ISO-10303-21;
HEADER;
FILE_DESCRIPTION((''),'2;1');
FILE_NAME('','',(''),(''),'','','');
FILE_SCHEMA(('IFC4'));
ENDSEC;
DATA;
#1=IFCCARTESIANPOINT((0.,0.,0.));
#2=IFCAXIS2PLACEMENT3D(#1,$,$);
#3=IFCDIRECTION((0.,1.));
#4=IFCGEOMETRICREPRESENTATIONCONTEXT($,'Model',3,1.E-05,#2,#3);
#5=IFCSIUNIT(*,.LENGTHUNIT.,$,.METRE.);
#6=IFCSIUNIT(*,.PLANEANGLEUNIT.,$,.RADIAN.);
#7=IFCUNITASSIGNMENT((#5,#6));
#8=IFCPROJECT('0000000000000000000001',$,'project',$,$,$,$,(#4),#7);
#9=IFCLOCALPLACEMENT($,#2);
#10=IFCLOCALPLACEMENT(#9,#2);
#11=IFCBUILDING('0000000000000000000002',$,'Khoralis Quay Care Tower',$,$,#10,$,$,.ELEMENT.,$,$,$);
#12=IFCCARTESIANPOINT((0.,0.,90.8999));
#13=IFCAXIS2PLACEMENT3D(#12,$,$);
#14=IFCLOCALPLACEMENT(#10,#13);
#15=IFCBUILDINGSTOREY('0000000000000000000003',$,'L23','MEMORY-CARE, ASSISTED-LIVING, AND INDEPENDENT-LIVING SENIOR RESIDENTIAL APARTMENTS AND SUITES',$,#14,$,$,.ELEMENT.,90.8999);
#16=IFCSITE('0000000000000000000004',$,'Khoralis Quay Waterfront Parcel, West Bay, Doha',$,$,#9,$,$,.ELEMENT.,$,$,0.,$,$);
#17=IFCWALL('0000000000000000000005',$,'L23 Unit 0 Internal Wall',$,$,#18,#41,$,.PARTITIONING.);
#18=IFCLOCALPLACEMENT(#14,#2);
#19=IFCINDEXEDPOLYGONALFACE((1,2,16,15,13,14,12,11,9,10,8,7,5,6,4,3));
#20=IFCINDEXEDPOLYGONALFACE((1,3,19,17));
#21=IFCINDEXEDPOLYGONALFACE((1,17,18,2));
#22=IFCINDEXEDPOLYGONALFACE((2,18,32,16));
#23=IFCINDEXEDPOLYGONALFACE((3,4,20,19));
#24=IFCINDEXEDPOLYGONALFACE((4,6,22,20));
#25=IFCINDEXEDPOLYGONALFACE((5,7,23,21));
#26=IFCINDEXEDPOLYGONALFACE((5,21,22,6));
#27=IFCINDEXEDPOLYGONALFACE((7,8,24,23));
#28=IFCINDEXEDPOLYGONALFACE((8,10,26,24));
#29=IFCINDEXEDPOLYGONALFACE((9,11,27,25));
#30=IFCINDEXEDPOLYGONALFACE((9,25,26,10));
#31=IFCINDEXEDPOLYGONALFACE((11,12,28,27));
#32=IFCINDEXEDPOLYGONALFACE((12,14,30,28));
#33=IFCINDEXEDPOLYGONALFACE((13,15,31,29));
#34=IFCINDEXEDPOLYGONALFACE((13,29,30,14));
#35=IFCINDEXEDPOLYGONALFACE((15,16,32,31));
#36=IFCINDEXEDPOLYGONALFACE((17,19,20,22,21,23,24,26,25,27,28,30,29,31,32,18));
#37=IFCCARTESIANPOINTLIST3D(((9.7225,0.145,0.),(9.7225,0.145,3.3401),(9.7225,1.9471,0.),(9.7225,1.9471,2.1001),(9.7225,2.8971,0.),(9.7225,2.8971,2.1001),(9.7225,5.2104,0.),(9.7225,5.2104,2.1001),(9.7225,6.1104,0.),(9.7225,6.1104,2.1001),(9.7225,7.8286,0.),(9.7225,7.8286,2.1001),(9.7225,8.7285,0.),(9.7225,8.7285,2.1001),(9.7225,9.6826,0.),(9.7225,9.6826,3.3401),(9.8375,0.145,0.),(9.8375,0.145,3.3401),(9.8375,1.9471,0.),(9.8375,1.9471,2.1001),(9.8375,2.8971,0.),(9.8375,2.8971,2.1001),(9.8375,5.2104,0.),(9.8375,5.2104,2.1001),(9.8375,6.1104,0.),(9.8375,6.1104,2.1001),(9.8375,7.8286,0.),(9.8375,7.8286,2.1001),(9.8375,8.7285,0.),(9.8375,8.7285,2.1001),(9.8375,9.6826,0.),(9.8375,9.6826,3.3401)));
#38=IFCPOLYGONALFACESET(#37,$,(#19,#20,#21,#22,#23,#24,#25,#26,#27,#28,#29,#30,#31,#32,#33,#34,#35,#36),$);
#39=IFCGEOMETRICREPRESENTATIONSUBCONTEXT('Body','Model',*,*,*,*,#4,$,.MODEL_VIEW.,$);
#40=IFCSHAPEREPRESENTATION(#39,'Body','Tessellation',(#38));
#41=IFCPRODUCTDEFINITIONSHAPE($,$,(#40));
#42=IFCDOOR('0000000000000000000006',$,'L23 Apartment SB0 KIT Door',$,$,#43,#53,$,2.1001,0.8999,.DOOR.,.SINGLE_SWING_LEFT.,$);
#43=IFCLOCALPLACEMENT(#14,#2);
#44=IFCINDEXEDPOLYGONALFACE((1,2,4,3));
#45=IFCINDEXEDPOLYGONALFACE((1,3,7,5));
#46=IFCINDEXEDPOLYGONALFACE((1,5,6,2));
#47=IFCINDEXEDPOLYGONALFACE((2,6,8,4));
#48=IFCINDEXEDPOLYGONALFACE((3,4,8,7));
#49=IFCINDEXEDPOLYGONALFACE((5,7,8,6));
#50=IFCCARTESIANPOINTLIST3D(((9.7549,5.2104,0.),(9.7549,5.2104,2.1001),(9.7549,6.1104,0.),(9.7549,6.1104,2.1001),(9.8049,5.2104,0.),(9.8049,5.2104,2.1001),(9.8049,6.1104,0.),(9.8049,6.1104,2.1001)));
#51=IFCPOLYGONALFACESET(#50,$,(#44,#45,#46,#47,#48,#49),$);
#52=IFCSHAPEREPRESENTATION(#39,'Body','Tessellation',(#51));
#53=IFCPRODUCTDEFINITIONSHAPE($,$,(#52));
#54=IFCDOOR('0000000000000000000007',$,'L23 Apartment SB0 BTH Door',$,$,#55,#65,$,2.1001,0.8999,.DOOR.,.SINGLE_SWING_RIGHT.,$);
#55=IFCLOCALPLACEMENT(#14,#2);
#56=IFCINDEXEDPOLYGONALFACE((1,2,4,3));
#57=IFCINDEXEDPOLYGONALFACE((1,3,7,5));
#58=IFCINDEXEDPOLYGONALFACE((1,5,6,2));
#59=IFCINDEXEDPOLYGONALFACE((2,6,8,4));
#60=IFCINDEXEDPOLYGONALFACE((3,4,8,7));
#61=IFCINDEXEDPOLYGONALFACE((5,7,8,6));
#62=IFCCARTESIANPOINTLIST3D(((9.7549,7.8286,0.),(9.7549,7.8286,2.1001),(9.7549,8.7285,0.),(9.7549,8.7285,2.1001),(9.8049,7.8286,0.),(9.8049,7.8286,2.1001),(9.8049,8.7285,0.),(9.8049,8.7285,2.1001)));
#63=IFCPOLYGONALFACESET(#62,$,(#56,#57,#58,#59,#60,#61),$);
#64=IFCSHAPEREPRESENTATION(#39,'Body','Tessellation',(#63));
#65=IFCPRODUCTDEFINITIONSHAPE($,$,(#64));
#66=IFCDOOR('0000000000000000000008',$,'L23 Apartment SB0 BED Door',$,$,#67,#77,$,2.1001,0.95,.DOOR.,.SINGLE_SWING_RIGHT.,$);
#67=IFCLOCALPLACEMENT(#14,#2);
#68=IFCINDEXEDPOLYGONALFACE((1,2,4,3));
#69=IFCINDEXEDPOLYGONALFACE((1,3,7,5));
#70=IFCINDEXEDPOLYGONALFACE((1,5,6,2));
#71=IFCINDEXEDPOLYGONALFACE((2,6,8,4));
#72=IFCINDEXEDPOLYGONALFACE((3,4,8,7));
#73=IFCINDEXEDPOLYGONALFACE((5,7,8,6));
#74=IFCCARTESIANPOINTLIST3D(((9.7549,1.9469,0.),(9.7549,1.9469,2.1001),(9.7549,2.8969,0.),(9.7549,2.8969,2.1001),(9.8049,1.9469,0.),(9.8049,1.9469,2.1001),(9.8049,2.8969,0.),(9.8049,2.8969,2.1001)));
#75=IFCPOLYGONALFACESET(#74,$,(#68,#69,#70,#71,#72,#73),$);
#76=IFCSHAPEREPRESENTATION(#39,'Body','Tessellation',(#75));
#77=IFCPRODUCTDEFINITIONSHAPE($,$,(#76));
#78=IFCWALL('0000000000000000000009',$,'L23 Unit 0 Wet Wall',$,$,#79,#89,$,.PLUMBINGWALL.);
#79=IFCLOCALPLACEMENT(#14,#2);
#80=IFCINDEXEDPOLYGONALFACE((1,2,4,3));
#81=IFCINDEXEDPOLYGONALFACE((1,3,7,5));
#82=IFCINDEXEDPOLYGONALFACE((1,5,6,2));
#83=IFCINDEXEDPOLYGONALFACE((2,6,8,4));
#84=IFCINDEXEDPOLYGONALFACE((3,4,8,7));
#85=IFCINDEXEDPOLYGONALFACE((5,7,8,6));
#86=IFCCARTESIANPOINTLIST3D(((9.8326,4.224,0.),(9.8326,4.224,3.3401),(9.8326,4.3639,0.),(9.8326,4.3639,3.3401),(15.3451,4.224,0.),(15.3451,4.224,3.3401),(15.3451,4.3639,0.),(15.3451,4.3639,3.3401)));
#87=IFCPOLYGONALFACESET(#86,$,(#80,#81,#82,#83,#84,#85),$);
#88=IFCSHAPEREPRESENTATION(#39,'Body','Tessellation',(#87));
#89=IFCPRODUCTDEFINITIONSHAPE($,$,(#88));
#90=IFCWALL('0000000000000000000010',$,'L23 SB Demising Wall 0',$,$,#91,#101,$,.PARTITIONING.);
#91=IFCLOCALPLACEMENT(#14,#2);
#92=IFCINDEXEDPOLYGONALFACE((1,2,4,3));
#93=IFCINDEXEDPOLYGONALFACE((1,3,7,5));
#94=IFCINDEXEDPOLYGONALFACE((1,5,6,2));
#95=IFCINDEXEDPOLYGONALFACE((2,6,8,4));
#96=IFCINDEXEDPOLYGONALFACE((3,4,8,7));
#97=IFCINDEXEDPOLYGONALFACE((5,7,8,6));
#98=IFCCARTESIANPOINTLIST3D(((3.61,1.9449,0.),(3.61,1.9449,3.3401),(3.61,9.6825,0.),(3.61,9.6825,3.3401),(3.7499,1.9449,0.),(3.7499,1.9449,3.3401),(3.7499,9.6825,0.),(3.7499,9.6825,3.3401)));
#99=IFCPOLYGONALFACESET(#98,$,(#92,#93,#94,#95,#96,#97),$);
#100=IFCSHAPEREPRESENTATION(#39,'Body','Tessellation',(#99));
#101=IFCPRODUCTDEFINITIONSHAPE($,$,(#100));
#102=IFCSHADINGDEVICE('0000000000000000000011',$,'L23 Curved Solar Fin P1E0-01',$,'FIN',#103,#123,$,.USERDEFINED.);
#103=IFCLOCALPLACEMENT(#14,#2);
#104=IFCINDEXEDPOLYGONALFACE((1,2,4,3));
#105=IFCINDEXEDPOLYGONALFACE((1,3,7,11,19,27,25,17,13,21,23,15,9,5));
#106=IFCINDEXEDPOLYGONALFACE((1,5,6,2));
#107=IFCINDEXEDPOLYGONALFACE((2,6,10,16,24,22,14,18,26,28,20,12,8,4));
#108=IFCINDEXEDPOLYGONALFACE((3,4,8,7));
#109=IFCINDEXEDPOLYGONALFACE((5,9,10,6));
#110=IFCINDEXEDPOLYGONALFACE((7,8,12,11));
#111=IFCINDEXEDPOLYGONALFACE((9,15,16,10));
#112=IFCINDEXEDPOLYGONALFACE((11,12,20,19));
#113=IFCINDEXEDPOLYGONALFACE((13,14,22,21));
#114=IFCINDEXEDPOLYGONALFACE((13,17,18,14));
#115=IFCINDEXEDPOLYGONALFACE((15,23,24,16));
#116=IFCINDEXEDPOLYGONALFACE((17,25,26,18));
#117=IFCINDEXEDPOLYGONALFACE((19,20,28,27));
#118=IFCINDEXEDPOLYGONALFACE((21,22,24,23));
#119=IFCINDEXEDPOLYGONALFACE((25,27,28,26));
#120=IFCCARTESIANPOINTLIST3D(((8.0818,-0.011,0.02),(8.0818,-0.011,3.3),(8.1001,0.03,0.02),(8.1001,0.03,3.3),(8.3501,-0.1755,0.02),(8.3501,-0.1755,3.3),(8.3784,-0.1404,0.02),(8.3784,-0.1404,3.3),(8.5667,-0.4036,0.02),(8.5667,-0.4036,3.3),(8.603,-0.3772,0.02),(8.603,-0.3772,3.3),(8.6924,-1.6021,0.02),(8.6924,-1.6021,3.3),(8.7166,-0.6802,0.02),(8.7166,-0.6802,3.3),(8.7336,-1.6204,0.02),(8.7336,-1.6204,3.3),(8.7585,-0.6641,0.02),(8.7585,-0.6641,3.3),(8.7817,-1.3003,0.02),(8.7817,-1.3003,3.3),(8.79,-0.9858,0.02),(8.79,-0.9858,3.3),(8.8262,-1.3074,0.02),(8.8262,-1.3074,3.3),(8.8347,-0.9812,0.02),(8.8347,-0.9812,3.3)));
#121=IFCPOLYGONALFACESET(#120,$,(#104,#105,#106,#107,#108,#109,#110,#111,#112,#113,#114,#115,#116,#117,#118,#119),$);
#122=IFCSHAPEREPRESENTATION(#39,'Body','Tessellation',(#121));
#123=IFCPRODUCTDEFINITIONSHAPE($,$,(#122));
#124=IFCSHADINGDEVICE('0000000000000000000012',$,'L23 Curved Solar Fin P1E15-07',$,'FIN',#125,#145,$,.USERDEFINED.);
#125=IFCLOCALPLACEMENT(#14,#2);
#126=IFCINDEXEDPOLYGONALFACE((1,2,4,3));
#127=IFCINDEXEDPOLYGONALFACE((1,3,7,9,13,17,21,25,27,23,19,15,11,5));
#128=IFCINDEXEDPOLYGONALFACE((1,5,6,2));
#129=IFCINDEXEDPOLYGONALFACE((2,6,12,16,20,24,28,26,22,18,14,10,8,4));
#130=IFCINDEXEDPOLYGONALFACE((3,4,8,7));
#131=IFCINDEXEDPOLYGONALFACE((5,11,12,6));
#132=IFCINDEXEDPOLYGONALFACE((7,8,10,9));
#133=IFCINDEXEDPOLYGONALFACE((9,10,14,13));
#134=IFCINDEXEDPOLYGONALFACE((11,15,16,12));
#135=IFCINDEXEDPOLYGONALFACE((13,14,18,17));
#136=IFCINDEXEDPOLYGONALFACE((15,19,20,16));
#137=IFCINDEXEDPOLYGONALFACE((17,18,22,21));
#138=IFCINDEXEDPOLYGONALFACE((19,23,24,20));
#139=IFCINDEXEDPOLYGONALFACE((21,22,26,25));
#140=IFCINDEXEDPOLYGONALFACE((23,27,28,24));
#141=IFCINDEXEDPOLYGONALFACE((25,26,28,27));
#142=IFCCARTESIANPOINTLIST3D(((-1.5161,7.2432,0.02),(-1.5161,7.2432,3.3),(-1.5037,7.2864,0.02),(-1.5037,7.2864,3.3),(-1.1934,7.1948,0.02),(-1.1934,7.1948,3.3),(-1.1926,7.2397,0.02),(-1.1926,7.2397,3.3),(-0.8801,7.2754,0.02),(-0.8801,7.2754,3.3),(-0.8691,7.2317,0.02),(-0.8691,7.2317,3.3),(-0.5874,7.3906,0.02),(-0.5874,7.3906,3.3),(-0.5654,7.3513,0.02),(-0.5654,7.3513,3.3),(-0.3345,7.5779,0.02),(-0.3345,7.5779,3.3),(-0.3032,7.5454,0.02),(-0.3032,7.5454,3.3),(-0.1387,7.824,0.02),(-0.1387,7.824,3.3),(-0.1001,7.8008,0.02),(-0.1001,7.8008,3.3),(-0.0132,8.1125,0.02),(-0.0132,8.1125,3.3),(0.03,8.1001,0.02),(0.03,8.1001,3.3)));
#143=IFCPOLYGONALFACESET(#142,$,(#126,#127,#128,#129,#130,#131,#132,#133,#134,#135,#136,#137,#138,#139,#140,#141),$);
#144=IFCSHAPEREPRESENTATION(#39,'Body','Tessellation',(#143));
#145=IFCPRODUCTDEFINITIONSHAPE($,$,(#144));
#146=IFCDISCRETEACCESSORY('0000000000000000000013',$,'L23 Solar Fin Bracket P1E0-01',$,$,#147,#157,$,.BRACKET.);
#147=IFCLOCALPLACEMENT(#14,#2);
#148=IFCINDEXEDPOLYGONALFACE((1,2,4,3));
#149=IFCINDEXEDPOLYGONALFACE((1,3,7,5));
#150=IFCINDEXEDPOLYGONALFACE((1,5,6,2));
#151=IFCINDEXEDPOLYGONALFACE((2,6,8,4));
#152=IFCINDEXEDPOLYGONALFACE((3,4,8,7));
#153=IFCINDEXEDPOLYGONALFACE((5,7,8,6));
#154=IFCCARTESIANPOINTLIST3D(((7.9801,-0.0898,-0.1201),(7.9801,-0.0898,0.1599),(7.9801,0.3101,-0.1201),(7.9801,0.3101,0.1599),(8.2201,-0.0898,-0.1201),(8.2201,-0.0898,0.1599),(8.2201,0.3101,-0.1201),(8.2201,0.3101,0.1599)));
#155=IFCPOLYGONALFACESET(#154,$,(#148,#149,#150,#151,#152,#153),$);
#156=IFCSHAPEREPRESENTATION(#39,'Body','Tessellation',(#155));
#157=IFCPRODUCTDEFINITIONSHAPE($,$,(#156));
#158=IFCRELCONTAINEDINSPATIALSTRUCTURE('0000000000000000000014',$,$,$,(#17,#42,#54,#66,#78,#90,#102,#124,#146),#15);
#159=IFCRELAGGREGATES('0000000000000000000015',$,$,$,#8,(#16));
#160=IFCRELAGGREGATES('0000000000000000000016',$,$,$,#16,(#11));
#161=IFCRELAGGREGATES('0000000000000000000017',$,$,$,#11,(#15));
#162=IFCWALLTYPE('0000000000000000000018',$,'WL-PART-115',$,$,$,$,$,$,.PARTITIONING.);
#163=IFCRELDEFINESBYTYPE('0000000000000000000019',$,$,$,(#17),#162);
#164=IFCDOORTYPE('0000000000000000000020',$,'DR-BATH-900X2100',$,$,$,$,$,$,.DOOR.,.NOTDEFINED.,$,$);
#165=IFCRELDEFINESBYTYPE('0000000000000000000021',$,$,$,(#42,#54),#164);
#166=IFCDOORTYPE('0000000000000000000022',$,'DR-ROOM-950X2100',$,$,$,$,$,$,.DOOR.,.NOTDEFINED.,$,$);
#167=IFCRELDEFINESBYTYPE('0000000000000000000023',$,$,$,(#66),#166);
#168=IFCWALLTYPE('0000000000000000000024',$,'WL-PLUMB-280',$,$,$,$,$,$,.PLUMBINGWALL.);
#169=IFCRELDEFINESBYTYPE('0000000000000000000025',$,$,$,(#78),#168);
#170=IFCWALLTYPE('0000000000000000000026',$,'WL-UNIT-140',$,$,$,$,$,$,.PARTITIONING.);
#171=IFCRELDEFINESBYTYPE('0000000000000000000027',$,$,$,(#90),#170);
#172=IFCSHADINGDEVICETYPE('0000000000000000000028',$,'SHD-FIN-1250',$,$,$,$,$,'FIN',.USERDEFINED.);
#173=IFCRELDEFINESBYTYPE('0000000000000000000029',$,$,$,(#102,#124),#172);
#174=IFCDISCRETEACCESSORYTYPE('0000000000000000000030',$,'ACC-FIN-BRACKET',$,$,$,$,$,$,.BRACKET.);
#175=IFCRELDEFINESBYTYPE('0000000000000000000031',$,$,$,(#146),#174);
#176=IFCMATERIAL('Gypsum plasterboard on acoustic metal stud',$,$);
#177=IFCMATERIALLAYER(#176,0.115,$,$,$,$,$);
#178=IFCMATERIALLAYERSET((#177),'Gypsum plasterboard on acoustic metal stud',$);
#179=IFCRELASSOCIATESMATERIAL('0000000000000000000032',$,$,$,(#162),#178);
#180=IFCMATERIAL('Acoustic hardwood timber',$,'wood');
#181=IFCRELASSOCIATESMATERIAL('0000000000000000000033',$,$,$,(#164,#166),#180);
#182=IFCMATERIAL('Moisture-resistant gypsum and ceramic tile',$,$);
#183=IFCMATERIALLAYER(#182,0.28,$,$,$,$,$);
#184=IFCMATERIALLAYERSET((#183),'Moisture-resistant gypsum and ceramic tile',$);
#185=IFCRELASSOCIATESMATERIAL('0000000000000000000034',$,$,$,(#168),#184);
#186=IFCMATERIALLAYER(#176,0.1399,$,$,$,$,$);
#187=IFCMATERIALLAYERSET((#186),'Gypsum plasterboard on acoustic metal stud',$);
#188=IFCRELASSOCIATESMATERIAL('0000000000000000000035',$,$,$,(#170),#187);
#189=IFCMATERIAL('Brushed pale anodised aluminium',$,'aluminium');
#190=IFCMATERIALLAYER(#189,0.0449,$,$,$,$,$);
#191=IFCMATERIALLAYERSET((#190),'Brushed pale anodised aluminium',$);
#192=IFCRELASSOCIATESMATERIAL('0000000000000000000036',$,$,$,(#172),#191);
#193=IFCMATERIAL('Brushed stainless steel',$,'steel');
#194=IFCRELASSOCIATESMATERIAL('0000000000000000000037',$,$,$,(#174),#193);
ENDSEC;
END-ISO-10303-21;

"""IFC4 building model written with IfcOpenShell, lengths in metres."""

from ifc_helpers import new_model, si_unit, direction, frame, frame_2d, origin, origin_2d, place, context, subcontext, project, spatial, polyline, rectangle, outline, extrude, source, transform, mapped, material, layer, layer_set, type_object, element, fill, save


model = new_model("IFC4")

# Units and contexts
model_context = context("Model", 3, precision=1e-05, world=origin(), true_north=direction((0.0, 1.0)))
body_context = subcontext(model_context, "Body", "Model", "MODEL_VIEW")
ifc_project = project(units=[si_unit("LENGTHUNIT", "METRE"), si_unit("PLANEANGLEUNIT", "RADIAN")], contexts=[model_context])

# Site, building, storey
site_placement = place(None, origin())
site = spatial("IfcSite", under=ifc_project, at=site_placement, Name="Khoralis Quay Waterfront Parcel, West Bay, Doha", CompositionType="ELEMENT", RefElevation=0.0)
building_placement = place(site_placement, origin())
building = spatial("IfcBuilding", under=site, at=building_placement, Name="Khoralis Quay Care Tower", CompositionType="ELEMENT")
storey_placement = place(building_placement, frame((0.0, 0.0, 90.8999)))
storey = spatial("IfcBuildingStorey", under=building, at=storey_placement, Name="L23", Description="MEMORY-CARE, ASSISTED-LIVING, AND INDEPENDENT-LIVING SENIOR RESIDENTIAL APARTMENTS AND SUITES", CompositionType="ELEMENT", Elevation=90.8999)

# Wall, openings, doors
ifc_material_1 = material(Name="Gypsum plasterboard on acoustic metal stud")
ifc_layer_1 = layer(ifc_material_1, 0.115)
ifc_layer_set_1 = layer_set([ifc_layer_1], Name="Gypsum plasterboard on acoustic metal stud")
wall_type_1 = type_object("IfcWallType", Name="WL-PART-115", PredefinedType="PARTITIONING", material=ifc_layer_set_1)
wall_1_placement = place(storey_placement, frame((9.78, 0.145, 0.0), z_axis=(0.0, 0.0, 1.0), x_axis=(0.0, 1.0, 0.0)))
wall_1 = element("IfcWall", 1, at=wall_1_placement, inside=storey, type_object=wall_type_1, Name="L23 Unit 0 Internal Wall", PredefinedType="PARTITIONING", context=body_context, shape_type="SweptSolid", body=[
    extrude(rectangle(XDim=9.5376, YDim=0.115, at=frame_2d((4.7688, 0.0))), origin(), (0.0, 0.0, 1.0), 3.3401),
])
opening_1_placement = place(wall_1_placement, frame((1.802, 0.0, 0.0)))
opening_1 = element("IfcOpeningElement", 2, at=opening_1_placement, cuts=wall_1, PredefinedType="OPENING", context=body_context, shape_type="SweptSolid", body=[
    extrude(rectangle(XDim=0.95, YDim=2.1001, at=frame_2d((0.4751, 1.05))), frame((0.0, 0.0674, 0.0), z_axis=(0.0, -1.0, 0.0), x_axis=(1.0, 0.0, 0.0)), (0.0, 0.0, 1.0), 0.135),
])
opening_2_placement = place(wall_1_placement, frame((5.0654, 0.0, 0.0)))
opening_2 = element("IfcOpeningElement", 3, at=opening_2_placement, cuts=wall_1, PredefinedType="OPENING", context=body_context, shape_type="SweptSolid", body=[
    extrude(rectangle(XDim=0.8999, YDim=2.1001, at=frame_2d((0.45, 1.05))), frame((0.0, 0.0674, 0.0), z_axis=(0.0, -1.0, 0.0), x_axis=(1.0, 0.0, 0.0)), (0.0, 0.0, 1.0), 0.135),
])
opening_3_placement = place(wall_1_placement, frame((7.6836, 0.0, 0.0)))
opening_3 = element("IfcOpeningElement", 4, at=opening_3_placement, cuts=wall_1, PredefinedType="OPENING", context=body_context, shape_type="SweptSolid", body=[
    extrude(rectangle(XDim=0.8999, YDim=2.1001, at=frame_2d((0.45, 1.05))), frame((0.0, 0.0674, 0.0), z_axis=(0.0, -1.0, 0.0), x_axis=(1.0, 0.0, 0.0)), (0.0, 0.0, 1.0), 0.135),
])
ifc_material_2 = material(Name="Acoustic hardwood timber", Category="wood")
door_type_1 = type_object("IfcDoorType", Name="DR-BATH-900X2100", OperationType="NOTDEFINED", PredefinedType="DOOR", material=ifc_material_2)
shared_shape_1 = source(origin(), body_context, "Body", "SweptSolid", [
    extrude(rectangle(XDim=0.8999, YDim=2.1001, at=frame_2d((0.45, 1.05))), frame((0.0, 0.0249, 0.0), z_axis=(0.0, -1.0, 0.0), x_axis=(1.0, 0.0, 0.0)), (0.0, 0.0, 1.0), 0.05),
])
door_1_placement = place(opening_2_placement, frame((0.8999, 0.0, 0.0), z_axis=(0.0, 0.0, 1.0), x_axis=(-1.0, 0.0, 0.0)))
door_1 = element("IfcDoor", 5, at=door_1_placement, inside=storey, type_object=door_type_1, Name="L23 Apartment SB0 KIT Door", OperationType="SINGLE_SWING_LEFT", OverallHeight=2.1001, OverallWidth=0.8999, PredefinedType="DOOR", context=body_context, shape_type="MappedRepresentation", body=[
    mapped(shared_shape_1, transform((0.0, 0.0, 0.0), scale=1.0)),
])
fill(opening_2, door_1)
door_2_placement = place(opening_3_placement, frame((0.8999, 0.0, 0.0), z_axis=(0.0, 0.0, 1.0), x_axis=(-1.0, 0.0, 0.0)))
door_2 = element("IfcDoor", 6, at=door_2_placement, inside=storey, type_object=door_type_1, Name="L23 Apartment SB0 BTH Door", OperationType="SINGLE_SWING_RIGHT", OverallHeight=2.1001, OverallWidth=0.8999, PredefinedType="DOOR", context=body_context, shape_type="MappedRepresentation", body=[
    mapped(shared_shape_1, transform((0.0, 0.0, 0.0), scale=1.0)),
])
fill(opening_3, door_2)
door_type_2 = type_object("IfcDoorType", Name="DR-ROOM-950X2100", OperationType="NOTDEFINED", PredefinedType="DOOR", material=ifc_material_2)
shared_shape_2 = source(origin(), body_context, "Body", "SweptSolid", [
    extrude(rectangle(XDim=0.95, YDim=2.1001, at=frame_2d((0.4751, 1.05))), frame((0.0, 0.0249, 0.0), z_axis=(0.0, -1.0, 0.0), x_axis=(1.0, 0.0, 0.0)), (0.0, 0.0, 1.0), 0.05),
])
door_3_placement = place(opening_1_placement, frame((0.95, 0.0, 0.0), z_axis=(0.0, 0.0, 1.0), x_axis=(-1.0, 0.0, 0.0)))
door_3 = element("IfcDoor", 7, at=door_3_placement, inside=storey, type_object=door_type_2, Name="L23 Apartment SB0 BED Door", OperationType="SINGLE_SWING_RIGHT", OverallHeight=2.1001, OverallWidth=0.95, PredefinedType="DOOR", context=body_context, shape_type="MappedRepresentation", body=[
    mapped(shared_shape_2, transform((0.0, 0.0, 0.0), scale=1.0)),
])
fill(opening_1, door_3)

# Walls
ifc_material_3 = material(Name="Moisture-resistant gypsum and ceramic tile")
ifc_layer_2 = layer(ifc_material_3, 0.28)
ifc_layer_set_2 = layer_set([ifc_layer_2], Name="Moisture-resistant gypsum and ceramic tile")
wall_type_2 = type_object("IfcWallType", Name="WL-PLUMB-280", PredefinedType="PLUMBINGWALL", material=ifc_layer_set_2)
wall_2_placement = place(storey_placement, frame((9.8325, 4.2939, 0.0), z_axis=(0.0, 0.0, 1.0), x_axis=(1.0, 0.0, 0.0)))
element("IfcWall", 8, at=wall_2_placement, inside=storey, type_object=wall_type_2, Name="L23 Unit 0 Wet Wall", PredefinedType="PLUMBINGWALL", context=body_context, shape_type="SweptSolid", body=[
    extrude(rectangle(XDim=5.5125, YDim=0.1399, at=frame_2d((2.7563, 0.0))), origin(), (0.0, 0.0, 1.0), 3.3401),
])
ifc_layer_3 = layer(ifc_material_1, 0.1399)
ifc_layer_set_3 = layer_set([ifc_layer_3], Name="Gypsum plasterboard on acoustic metal stud")
wall_type_3 = type_object("IfcWallType", Name="WL-UNIT-140", PredefinedType="PARTITIONING", material=ifc_layer_set_3)
wall_3_placement = place(storey_placement, frame((3.6799, 1.9451, 0.0), z_axis=(0.0, 0.0, 1.0), x_axis=(0.0, 1.0, 0.0)))
element("IfcWall", 9, at=wall_3_placement, inside=storey, type_object=wall_type_3, Name="L23 SB Demising Wall 0", PredefinedType="PARTITIONING", context=body_context, shape_type="SweptSolid", body=[
    extrude(rectangle(XDim=7.7375, YDim=0.1399, at=frame_2d((3.8687, 0.0))), origin(), (0.0, 0.0, 1.0), 3.3401),
])

# Shading devices
ifc_material_4 = material(Name="Brushed pale anodised aluminium", Category="aluminium")
ifc_layer_4 = layer(ifc_material_4, 0.0449)
ifc_layer_set_4 = layer_set([ifc_layer_4], Name="Brushed pale anodised aluminium")
shading_device_type = type_object("IfcShadingDeviceType", Name="SHD-FIN-1250", ElementType="FIN", PredefinedType="USERDEFINED", material=ifc_layer_set_4)
shared_shape_3 = source(origin(), body_context, "Body", "SweptSolid", [
    extrude(outline(polyline([(0.0, 0.0), (0.1704, 0.2783), (0.4072, 0.5029), (0.6941, 0.6584), (1.0112, 0.7346), (1.3374, 0.7261), (1.6504, 0.6335), (1.6321, 0.5923), (1.3303, 0.6816), (1.0159, 0.6899), (0.7102, 0.6165), (0.4336, 0.4666), (0.2056, 0.25), (0.041, -0.0183), (0.0, 0.0)])), origin(), (0.0, 0.0, 1.0), 3.28),
])
shading_device_1_placement = place(storey_placement, frame((8.1001, 0.03, 0.02), z_axis=(0.0, 0.0, 1.0), x_axis=(0.0, -1.0, 0.0)))
element("IfcShadingDevice", 10, at=shading_device_1_placement, inside=storey, type_object=shading_device_type, Name="L23 Curved Solar Fin P1E0-01", ObjectType="FIN", PredefinedType="USERDEFINED", context=body_context, shape_type="MappedRepresentation", body=[
    mapped(shared_shape_3, transform((0.0, 0.0, 0.0), scale=1.0)),
])
shared_shape_4 = source(origin(), body_context, "Body", "SweptSolid", [
    extrude(outline(polyline([(0.0, 0.0), (0.1301, 0.2993), (0.3333, 0.5547), (0.5955, 0.7488), (0.8992, 0.8684), (1.2234, 0.9053), (1.5461, 0.8569), (1.5337, 0.8137), (1.2227, 0.8604), (0.9102, 0.8247), (0.6174, 0.7095), (0.3645, 0.5222), (0.1687, 0.2761), (0.0432, -0.0125), (0.0, 0.0)])), origin(), (0.0, 0.0, 1.0), 3.28),
])
shading_device_2_placement = place(storey_placement, frame((0.03, 8.1001, 0.02), z_axis=(0.0, 0.0, 1.0), x_axis=(-1.0, 0.0, 0.0)))
element("IfcShadingDevice", 11, at=shading_device_2_placement, inside=storey, type_object=shading_device_type, Name="L23 Curved Solar Fin P1E15-07", ObjectType="FIN", PredefinedType="USERDEFINED", context=body_context, shape_type="MappedRepresentation", body=[
    mapped(shared_shape_4, transform((0.0, 0.0, 0.0), scale=1.0)),
])

# Discrete accessory
ifc_material_5 = material(Name="Brushed stainless steel", Category="steel")
discrete_accessory_type = type_object("IfcDiscreteAccessoryType", Name="ACC-FIN-BRACKET", PredefinedType="BRACKET", material=ifc_material_5)
shared_shape_5 = source(origin(), body_context, "Body", "SweptSolid", [
    extrude(rectangle(XDim=0.3999, YDim=0.24, at=origin_2d()), origin(), (0.0, 0.0, 1.0), 0.28),
])
for number, where, z_axis, x_axis, name in (
    (12, (8.1001, 0.1101, -0.1201), (0.0, 0.0, 1.0), (0.0, -1.0, 0.0), "L23 Solar Fin Bracket P1E0-01"),
):
    element("IfcDiscreteAccessory", number, at=place(storey_placement, frame(where, z_axis=z_axis, x_axis=x_axis)), inside=storey, type_object=discrete_accessory_type, Name=name, PredefinedType="BRACKET", context=body_context, shape_type="MappedRepresentation", body=[
        mapped(shared_shape_5, transform((0.0, 0.0, 0.0), scale=1.0)),
    ])

save(model, "model.ifc")
